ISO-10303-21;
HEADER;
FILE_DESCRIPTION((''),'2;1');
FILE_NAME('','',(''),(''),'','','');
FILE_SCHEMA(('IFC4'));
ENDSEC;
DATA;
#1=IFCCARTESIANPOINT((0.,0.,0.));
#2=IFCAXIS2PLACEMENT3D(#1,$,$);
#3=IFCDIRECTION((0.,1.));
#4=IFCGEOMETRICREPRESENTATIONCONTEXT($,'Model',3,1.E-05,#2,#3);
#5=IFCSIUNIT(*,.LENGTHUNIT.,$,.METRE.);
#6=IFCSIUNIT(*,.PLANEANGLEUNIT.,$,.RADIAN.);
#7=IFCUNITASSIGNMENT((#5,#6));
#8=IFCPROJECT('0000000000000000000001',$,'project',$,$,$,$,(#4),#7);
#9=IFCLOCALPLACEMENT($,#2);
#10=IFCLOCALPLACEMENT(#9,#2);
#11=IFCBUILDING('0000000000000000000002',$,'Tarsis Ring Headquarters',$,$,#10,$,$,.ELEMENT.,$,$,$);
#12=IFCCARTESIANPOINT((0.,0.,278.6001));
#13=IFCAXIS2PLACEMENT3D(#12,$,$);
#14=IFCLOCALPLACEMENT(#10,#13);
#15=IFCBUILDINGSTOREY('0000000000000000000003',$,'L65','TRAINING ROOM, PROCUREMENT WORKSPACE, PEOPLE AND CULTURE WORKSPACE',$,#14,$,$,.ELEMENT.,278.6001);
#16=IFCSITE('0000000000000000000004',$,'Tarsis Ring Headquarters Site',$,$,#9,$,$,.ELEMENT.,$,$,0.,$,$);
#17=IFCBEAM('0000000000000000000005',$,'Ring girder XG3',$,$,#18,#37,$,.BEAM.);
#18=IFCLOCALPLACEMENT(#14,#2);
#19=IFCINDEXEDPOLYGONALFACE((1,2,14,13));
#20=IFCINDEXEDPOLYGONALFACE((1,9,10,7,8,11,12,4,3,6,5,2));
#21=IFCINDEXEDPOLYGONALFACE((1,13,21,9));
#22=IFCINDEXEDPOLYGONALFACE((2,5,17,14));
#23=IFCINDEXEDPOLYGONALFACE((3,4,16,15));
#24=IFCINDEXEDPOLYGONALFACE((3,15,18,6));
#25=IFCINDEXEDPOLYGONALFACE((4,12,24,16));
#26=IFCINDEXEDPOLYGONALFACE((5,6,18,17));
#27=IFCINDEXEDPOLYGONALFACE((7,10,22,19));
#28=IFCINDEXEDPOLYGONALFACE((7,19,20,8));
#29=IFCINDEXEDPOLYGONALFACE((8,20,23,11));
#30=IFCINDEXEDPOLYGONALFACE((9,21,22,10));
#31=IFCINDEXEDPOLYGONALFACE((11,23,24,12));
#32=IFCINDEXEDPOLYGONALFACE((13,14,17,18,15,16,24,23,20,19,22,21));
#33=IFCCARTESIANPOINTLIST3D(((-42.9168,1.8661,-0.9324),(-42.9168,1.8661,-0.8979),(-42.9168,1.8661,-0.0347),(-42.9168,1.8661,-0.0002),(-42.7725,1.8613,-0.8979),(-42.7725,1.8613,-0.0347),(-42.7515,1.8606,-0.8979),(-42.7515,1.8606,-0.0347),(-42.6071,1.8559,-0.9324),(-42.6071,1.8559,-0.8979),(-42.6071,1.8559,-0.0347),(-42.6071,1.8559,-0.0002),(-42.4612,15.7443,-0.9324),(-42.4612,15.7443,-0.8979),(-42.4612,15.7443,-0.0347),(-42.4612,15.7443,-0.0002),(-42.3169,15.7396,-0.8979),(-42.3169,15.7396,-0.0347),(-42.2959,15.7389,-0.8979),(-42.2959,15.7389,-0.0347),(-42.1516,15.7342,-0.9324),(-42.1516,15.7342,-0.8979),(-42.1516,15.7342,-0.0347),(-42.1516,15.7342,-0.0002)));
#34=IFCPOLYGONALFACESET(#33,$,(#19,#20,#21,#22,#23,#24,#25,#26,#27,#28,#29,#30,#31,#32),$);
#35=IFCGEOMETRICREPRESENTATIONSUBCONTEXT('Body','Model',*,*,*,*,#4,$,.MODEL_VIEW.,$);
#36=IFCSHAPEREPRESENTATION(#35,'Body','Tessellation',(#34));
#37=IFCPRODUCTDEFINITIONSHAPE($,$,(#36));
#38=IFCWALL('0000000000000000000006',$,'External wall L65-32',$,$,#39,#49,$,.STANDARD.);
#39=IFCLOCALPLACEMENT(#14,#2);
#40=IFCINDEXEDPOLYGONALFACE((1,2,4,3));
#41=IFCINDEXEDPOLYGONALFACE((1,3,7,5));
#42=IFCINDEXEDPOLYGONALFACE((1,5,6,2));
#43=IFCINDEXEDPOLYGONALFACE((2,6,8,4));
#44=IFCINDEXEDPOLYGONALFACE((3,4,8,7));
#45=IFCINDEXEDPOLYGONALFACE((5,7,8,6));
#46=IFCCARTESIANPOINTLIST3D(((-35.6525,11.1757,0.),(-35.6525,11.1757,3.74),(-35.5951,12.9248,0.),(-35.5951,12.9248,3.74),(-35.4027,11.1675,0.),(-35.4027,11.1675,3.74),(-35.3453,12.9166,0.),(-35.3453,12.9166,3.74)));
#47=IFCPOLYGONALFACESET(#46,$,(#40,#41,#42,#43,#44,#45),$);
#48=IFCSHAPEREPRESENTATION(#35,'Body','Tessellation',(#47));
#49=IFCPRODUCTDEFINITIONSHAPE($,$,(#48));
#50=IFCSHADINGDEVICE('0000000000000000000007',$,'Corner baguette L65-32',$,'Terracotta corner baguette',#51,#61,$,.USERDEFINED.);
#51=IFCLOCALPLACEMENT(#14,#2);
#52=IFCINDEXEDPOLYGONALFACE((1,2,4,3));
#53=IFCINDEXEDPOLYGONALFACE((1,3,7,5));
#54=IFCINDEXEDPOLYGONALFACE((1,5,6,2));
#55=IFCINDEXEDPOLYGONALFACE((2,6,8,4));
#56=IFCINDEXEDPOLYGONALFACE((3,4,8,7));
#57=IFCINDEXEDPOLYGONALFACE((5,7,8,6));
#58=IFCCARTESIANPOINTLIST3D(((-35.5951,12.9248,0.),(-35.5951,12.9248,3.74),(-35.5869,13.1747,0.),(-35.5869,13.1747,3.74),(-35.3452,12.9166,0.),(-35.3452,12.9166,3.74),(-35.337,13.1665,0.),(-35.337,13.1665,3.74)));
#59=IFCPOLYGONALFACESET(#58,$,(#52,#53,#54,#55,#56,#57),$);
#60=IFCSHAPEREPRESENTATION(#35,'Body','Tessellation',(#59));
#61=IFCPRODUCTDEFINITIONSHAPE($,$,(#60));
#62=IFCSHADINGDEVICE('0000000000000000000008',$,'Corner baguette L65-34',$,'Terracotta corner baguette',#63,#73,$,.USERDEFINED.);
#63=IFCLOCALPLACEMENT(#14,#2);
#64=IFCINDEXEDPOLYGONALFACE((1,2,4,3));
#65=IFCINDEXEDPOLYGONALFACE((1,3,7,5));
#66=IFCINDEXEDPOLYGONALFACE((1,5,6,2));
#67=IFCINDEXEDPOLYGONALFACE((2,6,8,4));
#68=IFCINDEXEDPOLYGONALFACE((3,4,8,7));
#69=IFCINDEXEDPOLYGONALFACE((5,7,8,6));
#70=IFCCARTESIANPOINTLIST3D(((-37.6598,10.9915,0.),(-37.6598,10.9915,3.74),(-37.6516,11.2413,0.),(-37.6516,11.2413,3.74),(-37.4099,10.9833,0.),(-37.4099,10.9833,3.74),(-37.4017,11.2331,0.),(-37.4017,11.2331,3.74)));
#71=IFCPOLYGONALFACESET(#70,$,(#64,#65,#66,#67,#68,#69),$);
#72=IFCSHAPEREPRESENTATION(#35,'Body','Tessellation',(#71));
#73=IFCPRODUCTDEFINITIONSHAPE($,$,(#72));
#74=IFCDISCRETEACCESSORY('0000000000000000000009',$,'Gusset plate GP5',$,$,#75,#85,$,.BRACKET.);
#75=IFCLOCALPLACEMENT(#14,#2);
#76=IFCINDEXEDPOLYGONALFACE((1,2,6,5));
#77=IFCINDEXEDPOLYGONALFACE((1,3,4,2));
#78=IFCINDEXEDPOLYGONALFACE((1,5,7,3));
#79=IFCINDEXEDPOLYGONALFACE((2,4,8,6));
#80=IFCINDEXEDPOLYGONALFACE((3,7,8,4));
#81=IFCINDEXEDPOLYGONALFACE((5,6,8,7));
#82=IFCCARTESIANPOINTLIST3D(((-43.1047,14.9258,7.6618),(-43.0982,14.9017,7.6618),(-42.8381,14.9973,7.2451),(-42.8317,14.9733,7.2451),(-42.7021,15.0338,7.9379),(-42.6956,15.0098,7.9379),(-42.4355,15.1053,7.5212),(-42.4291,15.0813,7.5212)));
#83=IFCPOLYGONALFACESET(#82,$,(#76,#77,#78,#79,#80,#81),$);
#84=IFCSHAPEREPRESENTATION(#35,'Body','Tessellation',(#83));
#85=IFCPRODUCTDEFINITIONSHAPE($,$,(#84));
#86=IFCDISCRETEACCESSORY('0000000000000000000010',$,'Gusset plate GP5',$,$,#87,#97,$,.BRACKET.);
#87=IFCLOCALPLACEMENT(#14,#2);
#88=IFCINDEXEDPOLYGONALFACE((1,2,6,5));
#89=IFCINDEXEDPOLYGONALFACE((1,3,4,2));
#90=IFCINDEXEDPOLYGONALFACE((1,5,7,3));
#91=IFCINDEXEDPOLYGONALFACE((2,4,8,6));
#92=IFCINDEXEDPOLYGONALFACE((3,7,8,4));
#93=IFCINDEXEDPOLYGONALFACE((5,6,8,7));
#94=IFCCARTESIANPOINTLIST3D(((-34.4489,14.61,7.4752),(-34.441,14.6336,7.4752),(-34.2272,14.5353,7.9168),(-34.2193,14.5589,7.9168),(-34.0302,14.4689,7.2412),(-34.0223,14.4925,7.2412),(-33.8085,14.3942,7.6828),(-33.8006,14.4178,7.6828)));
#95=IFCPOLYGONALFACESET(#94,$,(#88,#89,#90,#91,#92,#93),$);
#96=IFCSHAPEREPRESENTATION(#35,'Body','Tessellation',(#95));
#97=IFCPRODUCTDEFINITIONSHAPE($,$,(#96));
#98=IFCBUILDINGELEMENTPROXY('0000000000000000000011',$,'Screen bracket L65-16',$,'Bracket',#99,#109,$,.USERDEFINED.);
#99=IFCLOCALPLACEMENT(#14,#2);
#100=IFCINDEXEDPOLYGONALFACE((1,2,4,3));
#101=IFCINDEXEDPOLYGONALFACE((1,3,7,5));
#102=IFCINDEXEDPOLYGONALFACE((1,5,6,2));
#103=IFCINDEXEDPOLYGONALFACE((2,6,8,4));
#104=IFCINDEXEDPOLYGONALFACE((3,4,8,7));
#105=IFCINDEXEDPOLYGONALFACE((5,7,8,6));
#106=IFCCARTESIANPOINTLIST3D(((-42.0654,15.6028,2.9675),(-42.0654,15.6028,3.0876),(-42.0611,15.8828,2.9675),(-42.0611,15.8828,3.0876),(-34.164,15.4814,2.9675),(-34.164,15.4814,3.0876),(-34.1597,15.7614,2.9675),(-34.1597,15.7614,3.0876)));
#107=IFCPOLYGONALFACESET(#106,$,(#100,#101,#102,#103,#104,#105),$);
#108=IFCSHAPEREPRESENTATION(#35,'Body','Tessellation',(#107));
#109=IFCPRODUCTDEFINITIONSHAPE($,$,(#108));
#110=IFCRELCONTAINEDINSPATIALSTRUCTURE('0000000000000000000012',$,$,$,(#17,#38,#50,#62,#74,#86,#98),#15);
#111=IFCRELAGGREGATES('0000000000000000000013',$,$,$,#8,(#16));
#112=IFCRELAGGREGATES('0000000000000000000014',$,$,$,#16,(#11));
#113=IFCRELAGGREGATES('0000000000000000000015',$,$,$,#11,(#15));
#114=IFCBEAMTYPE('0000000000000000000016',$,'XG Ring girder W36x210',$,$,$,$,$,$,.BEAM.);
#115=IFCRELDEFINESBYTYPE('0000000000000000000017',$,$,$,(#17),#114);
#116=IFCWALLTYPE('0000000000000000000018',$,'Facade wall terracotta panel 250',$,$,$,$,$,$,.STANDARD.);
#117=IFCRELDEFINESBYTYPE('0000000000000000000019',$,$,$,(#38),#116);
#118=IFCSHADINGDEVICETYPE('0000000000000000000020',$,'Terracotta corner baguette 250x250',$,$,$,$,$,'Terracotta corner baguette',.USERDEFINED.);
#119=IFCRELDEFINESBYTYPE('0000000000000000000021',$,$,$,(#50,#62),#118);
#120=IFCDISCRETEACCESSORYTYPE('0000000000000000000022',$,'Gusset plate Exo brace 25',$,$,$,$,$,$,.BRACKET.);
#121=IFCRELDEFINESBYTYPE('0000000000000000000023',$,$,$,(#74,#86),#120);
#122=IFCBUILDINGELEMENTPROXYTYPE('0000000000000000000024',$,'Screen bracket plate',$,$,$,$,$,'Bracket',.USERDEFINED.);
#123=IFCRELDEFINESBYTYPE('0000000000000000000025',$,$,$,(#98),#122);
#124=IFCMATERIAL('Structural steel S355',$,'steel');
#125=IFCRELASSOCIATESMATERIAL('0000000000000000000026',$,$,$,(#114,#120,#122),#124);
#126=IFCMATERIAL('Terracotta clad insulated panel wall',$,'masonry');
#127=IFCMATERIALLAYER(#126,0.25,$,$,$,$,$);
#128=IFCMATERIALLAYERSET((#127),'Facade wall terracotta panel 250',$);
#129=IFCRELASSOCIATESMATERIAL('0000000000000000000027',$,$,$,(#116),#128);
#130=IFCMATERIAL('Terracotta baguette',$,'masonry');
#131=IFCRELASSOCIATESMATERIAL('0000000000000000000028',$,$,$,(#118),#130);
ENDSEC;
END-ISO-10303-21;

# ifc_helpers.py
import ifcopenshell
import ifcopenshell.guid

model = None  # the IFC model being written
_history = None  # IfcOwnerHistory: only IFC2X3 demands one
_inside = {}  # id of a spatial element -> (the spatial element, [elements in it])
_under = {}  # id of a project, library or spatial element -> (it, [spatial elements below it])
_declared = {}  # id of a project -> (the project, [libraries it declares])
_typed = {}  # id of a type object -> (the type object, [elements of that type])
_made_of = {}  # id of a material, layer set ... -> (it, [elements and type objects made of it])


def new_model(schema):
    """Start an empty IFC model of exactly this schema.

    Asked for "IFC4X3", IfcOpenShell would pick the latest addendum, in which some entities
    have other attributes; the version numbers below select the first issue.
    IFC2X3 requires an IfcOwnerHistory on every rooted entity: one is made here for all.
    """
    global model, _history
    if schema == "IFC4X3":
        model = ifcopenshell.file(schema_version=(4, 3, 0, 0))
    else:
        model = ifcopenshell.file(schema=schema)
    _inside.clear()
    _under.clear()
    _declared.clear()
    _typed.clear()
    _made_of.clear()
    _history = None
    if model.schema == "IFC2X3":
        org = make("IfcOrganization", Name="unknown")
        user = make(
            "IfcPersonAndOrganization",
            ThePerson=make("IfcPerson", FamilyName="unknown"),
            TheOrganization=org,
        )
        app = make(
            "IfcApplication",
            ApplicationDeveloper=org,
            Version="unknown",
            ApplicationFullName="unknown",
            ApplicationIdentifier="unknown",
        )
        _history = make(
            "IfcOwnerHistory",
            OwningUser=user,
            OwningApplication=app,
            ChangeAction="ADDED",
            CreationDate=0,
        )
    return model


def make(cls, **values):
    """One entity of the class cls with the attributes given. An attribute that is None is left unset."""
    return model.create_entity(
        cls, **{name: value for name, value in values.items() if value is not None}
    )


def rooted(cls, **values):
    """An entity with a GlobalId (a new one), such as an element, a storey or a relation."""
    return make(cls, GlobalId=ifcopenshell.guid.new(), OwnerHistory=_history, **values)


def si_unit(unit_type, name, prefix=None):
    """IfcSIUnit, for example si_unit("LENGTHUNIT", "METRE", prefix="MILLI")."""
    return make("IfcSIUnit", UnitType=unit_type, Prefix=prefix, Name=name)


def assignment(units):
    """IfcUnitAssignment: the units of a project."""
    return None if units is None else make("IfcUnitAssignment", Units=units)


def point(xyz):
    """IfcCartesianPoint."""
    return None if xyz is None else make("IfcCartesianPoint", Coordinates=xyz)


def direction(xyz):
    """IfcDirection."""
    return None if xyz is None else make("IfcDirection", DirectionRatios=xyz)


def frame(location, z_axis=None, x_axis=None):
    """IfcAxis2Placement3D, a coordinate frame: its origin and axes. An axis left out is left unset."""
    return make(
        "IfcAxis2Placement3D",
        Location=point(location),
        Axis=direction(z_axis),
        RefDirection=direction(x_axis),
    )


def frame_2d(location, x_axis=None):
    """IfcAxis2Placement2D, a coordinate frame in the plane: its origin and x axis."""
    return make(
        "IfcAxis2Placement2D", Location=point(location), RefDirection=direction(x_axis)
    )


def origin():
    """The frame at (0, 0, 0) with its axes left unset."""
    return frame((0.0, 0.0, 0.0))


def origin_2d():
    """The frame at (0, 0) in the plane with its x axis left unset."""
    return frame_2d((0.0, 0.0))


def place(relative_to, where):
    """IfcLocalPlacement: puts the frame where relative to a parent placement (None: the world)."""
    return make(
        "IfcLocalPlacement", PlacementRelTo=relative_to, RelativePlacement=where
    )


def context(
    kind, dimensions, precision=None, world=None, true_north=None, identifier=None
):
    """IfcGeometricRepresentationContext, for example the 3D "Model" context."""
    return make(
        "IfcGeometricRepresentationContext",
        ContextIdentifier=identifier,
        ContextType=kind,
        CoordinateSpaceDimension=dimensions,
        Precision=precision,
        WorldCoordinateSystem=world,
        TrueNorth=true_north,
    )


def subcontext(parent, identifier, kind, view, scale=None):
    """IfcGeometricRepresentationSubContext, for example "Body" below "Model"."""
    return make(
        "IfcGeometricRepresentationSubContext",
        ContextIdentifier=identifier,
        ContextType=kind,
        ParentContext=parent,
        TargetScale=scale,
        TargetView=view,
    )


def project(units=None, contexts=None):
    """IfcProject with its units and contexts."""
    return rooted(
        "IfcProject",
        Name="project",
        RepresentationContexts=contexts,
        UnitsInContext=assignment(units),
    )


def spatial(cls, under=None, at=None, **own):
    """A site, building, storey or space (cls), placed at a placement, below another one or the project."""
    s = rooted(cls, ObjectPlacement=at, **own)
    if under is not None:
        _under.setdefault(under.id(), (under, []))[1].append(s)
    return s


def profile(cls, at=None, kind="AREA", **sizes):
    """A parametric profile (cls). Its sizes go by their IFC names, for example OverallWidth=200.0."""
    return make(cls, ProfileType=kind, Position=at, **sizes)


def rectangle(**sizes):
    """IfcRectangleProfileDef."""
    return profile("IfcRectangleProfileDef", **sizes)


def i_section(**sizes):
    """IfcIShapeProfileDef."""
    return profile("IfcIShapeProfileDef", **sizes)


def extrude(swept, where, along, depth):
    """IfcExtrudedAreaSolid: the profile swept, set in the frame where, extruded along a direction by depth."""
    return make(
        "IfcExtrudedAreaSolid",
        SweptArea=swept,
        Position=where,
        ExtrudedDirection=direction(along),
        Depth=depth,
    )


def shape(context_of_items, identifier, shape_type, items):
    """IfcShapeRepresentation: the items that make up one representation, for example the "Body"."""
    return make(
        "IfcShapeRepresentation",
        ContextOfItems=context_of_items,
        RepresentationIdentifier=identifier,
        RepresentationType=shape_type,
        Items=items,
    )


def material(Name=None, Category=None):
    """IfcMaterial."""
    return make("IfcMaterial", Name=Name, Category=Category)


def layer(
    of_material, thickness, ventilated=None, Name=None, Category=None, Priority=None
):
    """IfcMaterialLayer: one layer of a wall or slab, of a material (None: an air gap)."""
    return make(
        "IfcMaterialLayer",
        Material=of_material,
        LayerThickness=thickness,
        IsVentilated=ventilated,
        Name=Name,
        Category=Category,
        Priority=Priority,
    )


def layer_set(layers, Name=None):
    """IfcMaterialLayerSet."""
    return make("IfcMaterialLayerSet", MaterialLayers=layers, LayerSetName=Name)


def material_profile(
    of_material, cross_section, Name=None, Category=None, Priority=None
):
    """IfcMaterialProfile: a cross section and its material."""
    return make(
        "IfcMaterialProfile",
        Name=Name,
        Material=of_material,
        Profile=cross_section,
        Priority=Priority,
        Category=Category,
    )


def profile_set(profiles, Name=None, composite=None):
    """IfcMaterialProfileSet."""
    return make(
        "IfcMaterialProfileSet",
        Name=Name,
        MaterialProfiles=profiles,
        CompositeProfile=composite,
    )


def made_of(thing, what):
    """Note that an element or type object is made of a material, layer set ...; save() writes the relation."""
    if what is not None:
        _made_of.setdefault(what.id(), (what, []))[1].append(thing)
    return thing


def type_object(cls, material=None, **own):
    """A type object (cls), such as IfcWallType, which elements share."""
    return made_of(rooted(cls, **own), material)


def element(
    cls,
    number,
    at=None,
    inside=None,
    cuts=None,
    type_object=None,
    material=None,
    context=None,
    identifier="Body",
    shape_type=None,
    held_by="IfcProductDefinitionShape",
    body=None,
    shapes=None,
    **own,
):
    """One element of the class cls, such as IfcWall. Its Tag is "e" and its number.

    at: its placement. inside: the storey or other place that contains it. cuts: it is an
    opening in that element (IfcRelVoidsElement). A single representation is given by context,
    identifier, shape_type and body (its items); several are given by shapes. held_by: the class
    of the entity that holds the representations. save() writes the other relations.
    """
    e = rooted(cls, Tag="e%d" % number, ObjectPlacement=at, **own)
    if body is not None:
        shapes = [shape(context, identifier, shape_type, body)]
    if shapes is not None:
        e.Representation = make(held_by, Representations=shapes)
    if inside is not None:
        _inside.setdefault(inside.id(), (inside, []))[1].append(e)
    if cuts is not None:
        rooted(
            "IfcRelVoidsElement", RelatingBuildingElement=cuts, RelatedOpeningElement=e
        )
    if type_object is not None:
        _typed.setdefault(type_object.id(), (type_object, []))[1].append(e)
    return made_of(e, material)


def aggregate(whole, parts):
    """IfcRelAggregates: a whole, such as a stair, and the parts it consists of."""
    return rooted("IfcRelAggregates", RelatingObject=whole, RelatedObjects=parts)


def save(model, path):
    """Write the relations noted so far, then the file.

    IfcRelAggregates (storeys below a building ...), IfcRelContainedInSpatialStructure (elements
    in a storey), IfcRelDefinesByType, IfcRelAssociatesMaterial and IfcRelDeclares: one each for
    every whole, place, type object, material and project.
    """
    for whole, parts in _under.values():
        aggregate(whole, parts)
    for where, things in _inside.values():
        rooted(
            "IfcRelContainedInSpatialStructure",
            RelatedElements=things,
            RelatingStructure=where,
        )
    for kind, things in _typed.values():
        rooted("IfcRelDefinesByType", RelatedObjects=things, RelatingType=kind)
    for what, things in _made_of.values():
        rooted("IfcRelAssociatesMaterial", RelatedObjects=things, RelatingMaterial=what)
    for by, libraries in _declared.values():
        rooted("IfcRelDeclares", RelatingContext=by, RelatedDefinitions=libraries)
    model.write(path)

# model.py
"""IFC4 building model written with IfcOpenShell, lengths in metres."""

from ifc_helpers import new_model, si_unit, direction, frame, frame_2d, origin, origin_2d, place, context, subcontext, project, spatial, rectangle, i_section, extrude, material, layer, layer_set, material_profile, profile_set, type_object, element, save


model = new_model("IFC4")

# Units and contexts
model_context = context("Model", 3, precision=1e-05, world=origin(), true_north=direction((0.0, 1.0)))
body_context = subcontext(model_context, "Body", "Model", "MODEL_VIEW")
ifc_project = project(units=[si_unit("LENGTHUNIT", "METRE"), si_unit("PLANEANGLEUNIT", "RADIAN")], contexts=[model_context])

# Site, building, storey
site_placement = place(None, origin())
site = spatial("IfcSite", under=ifc_project, at=site_placement, Name="Tarsis Ring Headquarters Site", CompositionType="ELEMENT", RefElevation=0.0)
building_placement = place(site_placement, origin())
building = spatial("IfcBuilding", under=site, at=building_placement, Name="Tarsis Ring Headquarters", CompositionType="ELEMENT")
storey_placement = place(building_placement, frame((0.0, 0.0, 278.6001)))
storey = spatial("IfcBuildingStorey", under=building, at=storey_placement, Name="L65", Description="TRAINING ROOM, PROCUREMENT WORKSPACE, PEOPLE AND CULTURE WORKSPACE", CompositionType="ELEMENT", Elevation=278.6001)

# Shared definitions
ifc_material_1 = material(Name="Structural steel S355", Category="steel")

# Beam
ifc_material_profile_1 = material_profile(ifc_material_1, i_section(OverallWidth=0.3098, OverallDepth=0.9321, WebThickness=0.021, FlangeThickness=0.0344, at=origin_2d()), Name="W36x210")
ifc_profile_set_1 = profile_set([ifc_material_profile_1], Name="Structural steel S355")
beam_type_1 = type_object("IfcBeamType", Name="XG Ring girder W36x210", PredefinedType="BEAM", material=ifc_profile_set_1)
beam_1_placement = place(storey_placement, frame((-42.3064, 15.7393, -0.4663), z_axis=(-0.032808, -0.999462, 0.0), x_axis=(0.999462, -0.032808, 0.0)))
element("IfcBeam", 1, at=beam_1_placement, inside=storey, type_object=beam_type_1, Name="Ring girder XG3", PredefinedType="BEAM", context=body_context, shape_type="SweptSolid", body=[
    extrude(i_section(OverallWidth=0.3098, OverallDepth=0.9321, WebThickness=0.021, FlangeThickness=0.0344, at=origin_2d()), origin(), (0.0, 0.0, 1.0), 13.8857),
])

# Wall
ifc_material_2 = material(Name="Terracotta clad insulated panel wall", Category="masonry")
ifc_layer = layer(ifc_material_2, 0.25)
ifc_layer_set = layer_set([ifc_layer], Name="Facade wall terracotta panel 250")
wall_type = type_object("IfcWallType", Name="Facade wall terracotta panel 250", PredefinedType="STANDARD", material=ifc_layer_set)
wall_placement = place(storey_placement, frame((-35.4702, 12.9207, 0.0), z_axis=(0.0, 0.0, 1.0), x_axis=(-0.032785, -0.999462, 0.0)))
element("IfcWall", 2, at=wall_placement, inside=storey, type_object=wall_type, Name="External wall L65-32", PredefinedType="STANDARD", context=body_context, shape_type="SweptSolid", body=[
    extrude(rectangle(XDim=1.75, YDim=0.25, at=frame_2d((0.875, 0.0))), origin(), (0.0, 0.0, 1.0), 3.74),
])

# Shading devices
ifc_material_3 = material(Name="Terracotta baguette", Category="masonry")
shading_device_type_1 = type_object("IfcShadingDeviceType", Name="Terracotta corner baguette 250x250", ElementType="Terracotta corner baguette", PredefinedType="USERDEFINED", material=ifc_material_3)
for number, where, z_axis, x_axis, name in (
    (3, (-35.4661, 13.0457, 0.0), (0.0, 0.0, 1.0), (-0.999462, 0.032806, 0.0), "Corner baguette L65-32"),
    (4, (-37.5308, 11.1123, 0.0), (0.0, 0.0, 1.0), (-0.999462, 0.032806, 0.0), "Corner baguette L65-34"),
):
    element("IfcShadingDevice", number, at=place(storey_placement, frame(where, z_axis=z_axis, x_axis=x_axis)), inside=storey, type_object=shading_device_type_1, Name=name, ObjectType="Terracotta corner baguette", PredefinedType="USERDEFINED", context=body_context, shape_type="SweptSolid", body=[
        extrude(rectangle(XDim=0.25, YDim=0.25, at=origin_2d()), origin(), (0.0, 0.0, 1.0), 3.74),
    ])

# Discrete accessories
ifc_material_profile_2 = material_profile(ifc_material_1, rectangle(XDim=0.0249, YDim=0.5, at=origin_2d()), Name="PL 25x500")
ifc_profile_set_2 = profile_set([ifc_material_profile_2], Name="Structural steel S355")
discrete_accessory_type = type_object("IfcDiscreteAccessoryType", Name="Gusset plate Exo brace 25", PredefinedType="BRACKET", material=ifc_profile_set_2)
for number, where, z_axis, x_axis, name in (
    (5, (-42.9001, 14.9678, 7.7998), (0.533339, 0.143103, -0.833709), (-0.259149, 0.965837, 0.0), "Gusset plate GP5"),
    (6, (-34.0139, 14.4766, 7.7998), (-0.443556, 0.14948, -0.883693), (-0.319357, -0.947634, 0.0), "Gusset plate GP5"),
):
    element("IfcDiscreteAccessory", number, at=place(storey_placement, frame(where, z_axis=z_axis, x_axis=x_axis)), inside=storey, type_object=discrete_accessory_type, Name=name, PredefinedType="BRACKET", context=body_context, shape_type="SweptSolid", body=[
        extrude(rectangle(XDim=0.0249, YDim=0.5, at=origin_2d()), origin(), (0.0, 0.0, 1.0), 0.4998),
    ])

# Building element proxy
building_element_proxy_type = type_object("IfcBuildingElementProxyType", Name="Screen bracket plate", ElementType="Bracket", PredefinedType="USERDEFINED", material=ifc_material_1)
proxy_placement = place(storey_placement, frame((-38.1125, 15.6821, 2.9675), z_axis=(0.0, 0.0, 1.0), x_axis=(-0.999882, 0.015358, 0.0)))
element("IfcBuildingElementProxy", 7, at=proxy_placement, inside=storey, type_object=building_element_proxy_type, Name="Screen bracket L65-16", ObjectType="Bracket", PredefinedType="USERDEFINED", context=body_context, shape_type="SweptSolid", body=[
    extrude(rectangle(XDim=7.9023, YDim=0.28, at=origin_2d()), origin(), (0.0, 0.0, 1.0), 0.1201),
])

save(model, "model.ifc")
